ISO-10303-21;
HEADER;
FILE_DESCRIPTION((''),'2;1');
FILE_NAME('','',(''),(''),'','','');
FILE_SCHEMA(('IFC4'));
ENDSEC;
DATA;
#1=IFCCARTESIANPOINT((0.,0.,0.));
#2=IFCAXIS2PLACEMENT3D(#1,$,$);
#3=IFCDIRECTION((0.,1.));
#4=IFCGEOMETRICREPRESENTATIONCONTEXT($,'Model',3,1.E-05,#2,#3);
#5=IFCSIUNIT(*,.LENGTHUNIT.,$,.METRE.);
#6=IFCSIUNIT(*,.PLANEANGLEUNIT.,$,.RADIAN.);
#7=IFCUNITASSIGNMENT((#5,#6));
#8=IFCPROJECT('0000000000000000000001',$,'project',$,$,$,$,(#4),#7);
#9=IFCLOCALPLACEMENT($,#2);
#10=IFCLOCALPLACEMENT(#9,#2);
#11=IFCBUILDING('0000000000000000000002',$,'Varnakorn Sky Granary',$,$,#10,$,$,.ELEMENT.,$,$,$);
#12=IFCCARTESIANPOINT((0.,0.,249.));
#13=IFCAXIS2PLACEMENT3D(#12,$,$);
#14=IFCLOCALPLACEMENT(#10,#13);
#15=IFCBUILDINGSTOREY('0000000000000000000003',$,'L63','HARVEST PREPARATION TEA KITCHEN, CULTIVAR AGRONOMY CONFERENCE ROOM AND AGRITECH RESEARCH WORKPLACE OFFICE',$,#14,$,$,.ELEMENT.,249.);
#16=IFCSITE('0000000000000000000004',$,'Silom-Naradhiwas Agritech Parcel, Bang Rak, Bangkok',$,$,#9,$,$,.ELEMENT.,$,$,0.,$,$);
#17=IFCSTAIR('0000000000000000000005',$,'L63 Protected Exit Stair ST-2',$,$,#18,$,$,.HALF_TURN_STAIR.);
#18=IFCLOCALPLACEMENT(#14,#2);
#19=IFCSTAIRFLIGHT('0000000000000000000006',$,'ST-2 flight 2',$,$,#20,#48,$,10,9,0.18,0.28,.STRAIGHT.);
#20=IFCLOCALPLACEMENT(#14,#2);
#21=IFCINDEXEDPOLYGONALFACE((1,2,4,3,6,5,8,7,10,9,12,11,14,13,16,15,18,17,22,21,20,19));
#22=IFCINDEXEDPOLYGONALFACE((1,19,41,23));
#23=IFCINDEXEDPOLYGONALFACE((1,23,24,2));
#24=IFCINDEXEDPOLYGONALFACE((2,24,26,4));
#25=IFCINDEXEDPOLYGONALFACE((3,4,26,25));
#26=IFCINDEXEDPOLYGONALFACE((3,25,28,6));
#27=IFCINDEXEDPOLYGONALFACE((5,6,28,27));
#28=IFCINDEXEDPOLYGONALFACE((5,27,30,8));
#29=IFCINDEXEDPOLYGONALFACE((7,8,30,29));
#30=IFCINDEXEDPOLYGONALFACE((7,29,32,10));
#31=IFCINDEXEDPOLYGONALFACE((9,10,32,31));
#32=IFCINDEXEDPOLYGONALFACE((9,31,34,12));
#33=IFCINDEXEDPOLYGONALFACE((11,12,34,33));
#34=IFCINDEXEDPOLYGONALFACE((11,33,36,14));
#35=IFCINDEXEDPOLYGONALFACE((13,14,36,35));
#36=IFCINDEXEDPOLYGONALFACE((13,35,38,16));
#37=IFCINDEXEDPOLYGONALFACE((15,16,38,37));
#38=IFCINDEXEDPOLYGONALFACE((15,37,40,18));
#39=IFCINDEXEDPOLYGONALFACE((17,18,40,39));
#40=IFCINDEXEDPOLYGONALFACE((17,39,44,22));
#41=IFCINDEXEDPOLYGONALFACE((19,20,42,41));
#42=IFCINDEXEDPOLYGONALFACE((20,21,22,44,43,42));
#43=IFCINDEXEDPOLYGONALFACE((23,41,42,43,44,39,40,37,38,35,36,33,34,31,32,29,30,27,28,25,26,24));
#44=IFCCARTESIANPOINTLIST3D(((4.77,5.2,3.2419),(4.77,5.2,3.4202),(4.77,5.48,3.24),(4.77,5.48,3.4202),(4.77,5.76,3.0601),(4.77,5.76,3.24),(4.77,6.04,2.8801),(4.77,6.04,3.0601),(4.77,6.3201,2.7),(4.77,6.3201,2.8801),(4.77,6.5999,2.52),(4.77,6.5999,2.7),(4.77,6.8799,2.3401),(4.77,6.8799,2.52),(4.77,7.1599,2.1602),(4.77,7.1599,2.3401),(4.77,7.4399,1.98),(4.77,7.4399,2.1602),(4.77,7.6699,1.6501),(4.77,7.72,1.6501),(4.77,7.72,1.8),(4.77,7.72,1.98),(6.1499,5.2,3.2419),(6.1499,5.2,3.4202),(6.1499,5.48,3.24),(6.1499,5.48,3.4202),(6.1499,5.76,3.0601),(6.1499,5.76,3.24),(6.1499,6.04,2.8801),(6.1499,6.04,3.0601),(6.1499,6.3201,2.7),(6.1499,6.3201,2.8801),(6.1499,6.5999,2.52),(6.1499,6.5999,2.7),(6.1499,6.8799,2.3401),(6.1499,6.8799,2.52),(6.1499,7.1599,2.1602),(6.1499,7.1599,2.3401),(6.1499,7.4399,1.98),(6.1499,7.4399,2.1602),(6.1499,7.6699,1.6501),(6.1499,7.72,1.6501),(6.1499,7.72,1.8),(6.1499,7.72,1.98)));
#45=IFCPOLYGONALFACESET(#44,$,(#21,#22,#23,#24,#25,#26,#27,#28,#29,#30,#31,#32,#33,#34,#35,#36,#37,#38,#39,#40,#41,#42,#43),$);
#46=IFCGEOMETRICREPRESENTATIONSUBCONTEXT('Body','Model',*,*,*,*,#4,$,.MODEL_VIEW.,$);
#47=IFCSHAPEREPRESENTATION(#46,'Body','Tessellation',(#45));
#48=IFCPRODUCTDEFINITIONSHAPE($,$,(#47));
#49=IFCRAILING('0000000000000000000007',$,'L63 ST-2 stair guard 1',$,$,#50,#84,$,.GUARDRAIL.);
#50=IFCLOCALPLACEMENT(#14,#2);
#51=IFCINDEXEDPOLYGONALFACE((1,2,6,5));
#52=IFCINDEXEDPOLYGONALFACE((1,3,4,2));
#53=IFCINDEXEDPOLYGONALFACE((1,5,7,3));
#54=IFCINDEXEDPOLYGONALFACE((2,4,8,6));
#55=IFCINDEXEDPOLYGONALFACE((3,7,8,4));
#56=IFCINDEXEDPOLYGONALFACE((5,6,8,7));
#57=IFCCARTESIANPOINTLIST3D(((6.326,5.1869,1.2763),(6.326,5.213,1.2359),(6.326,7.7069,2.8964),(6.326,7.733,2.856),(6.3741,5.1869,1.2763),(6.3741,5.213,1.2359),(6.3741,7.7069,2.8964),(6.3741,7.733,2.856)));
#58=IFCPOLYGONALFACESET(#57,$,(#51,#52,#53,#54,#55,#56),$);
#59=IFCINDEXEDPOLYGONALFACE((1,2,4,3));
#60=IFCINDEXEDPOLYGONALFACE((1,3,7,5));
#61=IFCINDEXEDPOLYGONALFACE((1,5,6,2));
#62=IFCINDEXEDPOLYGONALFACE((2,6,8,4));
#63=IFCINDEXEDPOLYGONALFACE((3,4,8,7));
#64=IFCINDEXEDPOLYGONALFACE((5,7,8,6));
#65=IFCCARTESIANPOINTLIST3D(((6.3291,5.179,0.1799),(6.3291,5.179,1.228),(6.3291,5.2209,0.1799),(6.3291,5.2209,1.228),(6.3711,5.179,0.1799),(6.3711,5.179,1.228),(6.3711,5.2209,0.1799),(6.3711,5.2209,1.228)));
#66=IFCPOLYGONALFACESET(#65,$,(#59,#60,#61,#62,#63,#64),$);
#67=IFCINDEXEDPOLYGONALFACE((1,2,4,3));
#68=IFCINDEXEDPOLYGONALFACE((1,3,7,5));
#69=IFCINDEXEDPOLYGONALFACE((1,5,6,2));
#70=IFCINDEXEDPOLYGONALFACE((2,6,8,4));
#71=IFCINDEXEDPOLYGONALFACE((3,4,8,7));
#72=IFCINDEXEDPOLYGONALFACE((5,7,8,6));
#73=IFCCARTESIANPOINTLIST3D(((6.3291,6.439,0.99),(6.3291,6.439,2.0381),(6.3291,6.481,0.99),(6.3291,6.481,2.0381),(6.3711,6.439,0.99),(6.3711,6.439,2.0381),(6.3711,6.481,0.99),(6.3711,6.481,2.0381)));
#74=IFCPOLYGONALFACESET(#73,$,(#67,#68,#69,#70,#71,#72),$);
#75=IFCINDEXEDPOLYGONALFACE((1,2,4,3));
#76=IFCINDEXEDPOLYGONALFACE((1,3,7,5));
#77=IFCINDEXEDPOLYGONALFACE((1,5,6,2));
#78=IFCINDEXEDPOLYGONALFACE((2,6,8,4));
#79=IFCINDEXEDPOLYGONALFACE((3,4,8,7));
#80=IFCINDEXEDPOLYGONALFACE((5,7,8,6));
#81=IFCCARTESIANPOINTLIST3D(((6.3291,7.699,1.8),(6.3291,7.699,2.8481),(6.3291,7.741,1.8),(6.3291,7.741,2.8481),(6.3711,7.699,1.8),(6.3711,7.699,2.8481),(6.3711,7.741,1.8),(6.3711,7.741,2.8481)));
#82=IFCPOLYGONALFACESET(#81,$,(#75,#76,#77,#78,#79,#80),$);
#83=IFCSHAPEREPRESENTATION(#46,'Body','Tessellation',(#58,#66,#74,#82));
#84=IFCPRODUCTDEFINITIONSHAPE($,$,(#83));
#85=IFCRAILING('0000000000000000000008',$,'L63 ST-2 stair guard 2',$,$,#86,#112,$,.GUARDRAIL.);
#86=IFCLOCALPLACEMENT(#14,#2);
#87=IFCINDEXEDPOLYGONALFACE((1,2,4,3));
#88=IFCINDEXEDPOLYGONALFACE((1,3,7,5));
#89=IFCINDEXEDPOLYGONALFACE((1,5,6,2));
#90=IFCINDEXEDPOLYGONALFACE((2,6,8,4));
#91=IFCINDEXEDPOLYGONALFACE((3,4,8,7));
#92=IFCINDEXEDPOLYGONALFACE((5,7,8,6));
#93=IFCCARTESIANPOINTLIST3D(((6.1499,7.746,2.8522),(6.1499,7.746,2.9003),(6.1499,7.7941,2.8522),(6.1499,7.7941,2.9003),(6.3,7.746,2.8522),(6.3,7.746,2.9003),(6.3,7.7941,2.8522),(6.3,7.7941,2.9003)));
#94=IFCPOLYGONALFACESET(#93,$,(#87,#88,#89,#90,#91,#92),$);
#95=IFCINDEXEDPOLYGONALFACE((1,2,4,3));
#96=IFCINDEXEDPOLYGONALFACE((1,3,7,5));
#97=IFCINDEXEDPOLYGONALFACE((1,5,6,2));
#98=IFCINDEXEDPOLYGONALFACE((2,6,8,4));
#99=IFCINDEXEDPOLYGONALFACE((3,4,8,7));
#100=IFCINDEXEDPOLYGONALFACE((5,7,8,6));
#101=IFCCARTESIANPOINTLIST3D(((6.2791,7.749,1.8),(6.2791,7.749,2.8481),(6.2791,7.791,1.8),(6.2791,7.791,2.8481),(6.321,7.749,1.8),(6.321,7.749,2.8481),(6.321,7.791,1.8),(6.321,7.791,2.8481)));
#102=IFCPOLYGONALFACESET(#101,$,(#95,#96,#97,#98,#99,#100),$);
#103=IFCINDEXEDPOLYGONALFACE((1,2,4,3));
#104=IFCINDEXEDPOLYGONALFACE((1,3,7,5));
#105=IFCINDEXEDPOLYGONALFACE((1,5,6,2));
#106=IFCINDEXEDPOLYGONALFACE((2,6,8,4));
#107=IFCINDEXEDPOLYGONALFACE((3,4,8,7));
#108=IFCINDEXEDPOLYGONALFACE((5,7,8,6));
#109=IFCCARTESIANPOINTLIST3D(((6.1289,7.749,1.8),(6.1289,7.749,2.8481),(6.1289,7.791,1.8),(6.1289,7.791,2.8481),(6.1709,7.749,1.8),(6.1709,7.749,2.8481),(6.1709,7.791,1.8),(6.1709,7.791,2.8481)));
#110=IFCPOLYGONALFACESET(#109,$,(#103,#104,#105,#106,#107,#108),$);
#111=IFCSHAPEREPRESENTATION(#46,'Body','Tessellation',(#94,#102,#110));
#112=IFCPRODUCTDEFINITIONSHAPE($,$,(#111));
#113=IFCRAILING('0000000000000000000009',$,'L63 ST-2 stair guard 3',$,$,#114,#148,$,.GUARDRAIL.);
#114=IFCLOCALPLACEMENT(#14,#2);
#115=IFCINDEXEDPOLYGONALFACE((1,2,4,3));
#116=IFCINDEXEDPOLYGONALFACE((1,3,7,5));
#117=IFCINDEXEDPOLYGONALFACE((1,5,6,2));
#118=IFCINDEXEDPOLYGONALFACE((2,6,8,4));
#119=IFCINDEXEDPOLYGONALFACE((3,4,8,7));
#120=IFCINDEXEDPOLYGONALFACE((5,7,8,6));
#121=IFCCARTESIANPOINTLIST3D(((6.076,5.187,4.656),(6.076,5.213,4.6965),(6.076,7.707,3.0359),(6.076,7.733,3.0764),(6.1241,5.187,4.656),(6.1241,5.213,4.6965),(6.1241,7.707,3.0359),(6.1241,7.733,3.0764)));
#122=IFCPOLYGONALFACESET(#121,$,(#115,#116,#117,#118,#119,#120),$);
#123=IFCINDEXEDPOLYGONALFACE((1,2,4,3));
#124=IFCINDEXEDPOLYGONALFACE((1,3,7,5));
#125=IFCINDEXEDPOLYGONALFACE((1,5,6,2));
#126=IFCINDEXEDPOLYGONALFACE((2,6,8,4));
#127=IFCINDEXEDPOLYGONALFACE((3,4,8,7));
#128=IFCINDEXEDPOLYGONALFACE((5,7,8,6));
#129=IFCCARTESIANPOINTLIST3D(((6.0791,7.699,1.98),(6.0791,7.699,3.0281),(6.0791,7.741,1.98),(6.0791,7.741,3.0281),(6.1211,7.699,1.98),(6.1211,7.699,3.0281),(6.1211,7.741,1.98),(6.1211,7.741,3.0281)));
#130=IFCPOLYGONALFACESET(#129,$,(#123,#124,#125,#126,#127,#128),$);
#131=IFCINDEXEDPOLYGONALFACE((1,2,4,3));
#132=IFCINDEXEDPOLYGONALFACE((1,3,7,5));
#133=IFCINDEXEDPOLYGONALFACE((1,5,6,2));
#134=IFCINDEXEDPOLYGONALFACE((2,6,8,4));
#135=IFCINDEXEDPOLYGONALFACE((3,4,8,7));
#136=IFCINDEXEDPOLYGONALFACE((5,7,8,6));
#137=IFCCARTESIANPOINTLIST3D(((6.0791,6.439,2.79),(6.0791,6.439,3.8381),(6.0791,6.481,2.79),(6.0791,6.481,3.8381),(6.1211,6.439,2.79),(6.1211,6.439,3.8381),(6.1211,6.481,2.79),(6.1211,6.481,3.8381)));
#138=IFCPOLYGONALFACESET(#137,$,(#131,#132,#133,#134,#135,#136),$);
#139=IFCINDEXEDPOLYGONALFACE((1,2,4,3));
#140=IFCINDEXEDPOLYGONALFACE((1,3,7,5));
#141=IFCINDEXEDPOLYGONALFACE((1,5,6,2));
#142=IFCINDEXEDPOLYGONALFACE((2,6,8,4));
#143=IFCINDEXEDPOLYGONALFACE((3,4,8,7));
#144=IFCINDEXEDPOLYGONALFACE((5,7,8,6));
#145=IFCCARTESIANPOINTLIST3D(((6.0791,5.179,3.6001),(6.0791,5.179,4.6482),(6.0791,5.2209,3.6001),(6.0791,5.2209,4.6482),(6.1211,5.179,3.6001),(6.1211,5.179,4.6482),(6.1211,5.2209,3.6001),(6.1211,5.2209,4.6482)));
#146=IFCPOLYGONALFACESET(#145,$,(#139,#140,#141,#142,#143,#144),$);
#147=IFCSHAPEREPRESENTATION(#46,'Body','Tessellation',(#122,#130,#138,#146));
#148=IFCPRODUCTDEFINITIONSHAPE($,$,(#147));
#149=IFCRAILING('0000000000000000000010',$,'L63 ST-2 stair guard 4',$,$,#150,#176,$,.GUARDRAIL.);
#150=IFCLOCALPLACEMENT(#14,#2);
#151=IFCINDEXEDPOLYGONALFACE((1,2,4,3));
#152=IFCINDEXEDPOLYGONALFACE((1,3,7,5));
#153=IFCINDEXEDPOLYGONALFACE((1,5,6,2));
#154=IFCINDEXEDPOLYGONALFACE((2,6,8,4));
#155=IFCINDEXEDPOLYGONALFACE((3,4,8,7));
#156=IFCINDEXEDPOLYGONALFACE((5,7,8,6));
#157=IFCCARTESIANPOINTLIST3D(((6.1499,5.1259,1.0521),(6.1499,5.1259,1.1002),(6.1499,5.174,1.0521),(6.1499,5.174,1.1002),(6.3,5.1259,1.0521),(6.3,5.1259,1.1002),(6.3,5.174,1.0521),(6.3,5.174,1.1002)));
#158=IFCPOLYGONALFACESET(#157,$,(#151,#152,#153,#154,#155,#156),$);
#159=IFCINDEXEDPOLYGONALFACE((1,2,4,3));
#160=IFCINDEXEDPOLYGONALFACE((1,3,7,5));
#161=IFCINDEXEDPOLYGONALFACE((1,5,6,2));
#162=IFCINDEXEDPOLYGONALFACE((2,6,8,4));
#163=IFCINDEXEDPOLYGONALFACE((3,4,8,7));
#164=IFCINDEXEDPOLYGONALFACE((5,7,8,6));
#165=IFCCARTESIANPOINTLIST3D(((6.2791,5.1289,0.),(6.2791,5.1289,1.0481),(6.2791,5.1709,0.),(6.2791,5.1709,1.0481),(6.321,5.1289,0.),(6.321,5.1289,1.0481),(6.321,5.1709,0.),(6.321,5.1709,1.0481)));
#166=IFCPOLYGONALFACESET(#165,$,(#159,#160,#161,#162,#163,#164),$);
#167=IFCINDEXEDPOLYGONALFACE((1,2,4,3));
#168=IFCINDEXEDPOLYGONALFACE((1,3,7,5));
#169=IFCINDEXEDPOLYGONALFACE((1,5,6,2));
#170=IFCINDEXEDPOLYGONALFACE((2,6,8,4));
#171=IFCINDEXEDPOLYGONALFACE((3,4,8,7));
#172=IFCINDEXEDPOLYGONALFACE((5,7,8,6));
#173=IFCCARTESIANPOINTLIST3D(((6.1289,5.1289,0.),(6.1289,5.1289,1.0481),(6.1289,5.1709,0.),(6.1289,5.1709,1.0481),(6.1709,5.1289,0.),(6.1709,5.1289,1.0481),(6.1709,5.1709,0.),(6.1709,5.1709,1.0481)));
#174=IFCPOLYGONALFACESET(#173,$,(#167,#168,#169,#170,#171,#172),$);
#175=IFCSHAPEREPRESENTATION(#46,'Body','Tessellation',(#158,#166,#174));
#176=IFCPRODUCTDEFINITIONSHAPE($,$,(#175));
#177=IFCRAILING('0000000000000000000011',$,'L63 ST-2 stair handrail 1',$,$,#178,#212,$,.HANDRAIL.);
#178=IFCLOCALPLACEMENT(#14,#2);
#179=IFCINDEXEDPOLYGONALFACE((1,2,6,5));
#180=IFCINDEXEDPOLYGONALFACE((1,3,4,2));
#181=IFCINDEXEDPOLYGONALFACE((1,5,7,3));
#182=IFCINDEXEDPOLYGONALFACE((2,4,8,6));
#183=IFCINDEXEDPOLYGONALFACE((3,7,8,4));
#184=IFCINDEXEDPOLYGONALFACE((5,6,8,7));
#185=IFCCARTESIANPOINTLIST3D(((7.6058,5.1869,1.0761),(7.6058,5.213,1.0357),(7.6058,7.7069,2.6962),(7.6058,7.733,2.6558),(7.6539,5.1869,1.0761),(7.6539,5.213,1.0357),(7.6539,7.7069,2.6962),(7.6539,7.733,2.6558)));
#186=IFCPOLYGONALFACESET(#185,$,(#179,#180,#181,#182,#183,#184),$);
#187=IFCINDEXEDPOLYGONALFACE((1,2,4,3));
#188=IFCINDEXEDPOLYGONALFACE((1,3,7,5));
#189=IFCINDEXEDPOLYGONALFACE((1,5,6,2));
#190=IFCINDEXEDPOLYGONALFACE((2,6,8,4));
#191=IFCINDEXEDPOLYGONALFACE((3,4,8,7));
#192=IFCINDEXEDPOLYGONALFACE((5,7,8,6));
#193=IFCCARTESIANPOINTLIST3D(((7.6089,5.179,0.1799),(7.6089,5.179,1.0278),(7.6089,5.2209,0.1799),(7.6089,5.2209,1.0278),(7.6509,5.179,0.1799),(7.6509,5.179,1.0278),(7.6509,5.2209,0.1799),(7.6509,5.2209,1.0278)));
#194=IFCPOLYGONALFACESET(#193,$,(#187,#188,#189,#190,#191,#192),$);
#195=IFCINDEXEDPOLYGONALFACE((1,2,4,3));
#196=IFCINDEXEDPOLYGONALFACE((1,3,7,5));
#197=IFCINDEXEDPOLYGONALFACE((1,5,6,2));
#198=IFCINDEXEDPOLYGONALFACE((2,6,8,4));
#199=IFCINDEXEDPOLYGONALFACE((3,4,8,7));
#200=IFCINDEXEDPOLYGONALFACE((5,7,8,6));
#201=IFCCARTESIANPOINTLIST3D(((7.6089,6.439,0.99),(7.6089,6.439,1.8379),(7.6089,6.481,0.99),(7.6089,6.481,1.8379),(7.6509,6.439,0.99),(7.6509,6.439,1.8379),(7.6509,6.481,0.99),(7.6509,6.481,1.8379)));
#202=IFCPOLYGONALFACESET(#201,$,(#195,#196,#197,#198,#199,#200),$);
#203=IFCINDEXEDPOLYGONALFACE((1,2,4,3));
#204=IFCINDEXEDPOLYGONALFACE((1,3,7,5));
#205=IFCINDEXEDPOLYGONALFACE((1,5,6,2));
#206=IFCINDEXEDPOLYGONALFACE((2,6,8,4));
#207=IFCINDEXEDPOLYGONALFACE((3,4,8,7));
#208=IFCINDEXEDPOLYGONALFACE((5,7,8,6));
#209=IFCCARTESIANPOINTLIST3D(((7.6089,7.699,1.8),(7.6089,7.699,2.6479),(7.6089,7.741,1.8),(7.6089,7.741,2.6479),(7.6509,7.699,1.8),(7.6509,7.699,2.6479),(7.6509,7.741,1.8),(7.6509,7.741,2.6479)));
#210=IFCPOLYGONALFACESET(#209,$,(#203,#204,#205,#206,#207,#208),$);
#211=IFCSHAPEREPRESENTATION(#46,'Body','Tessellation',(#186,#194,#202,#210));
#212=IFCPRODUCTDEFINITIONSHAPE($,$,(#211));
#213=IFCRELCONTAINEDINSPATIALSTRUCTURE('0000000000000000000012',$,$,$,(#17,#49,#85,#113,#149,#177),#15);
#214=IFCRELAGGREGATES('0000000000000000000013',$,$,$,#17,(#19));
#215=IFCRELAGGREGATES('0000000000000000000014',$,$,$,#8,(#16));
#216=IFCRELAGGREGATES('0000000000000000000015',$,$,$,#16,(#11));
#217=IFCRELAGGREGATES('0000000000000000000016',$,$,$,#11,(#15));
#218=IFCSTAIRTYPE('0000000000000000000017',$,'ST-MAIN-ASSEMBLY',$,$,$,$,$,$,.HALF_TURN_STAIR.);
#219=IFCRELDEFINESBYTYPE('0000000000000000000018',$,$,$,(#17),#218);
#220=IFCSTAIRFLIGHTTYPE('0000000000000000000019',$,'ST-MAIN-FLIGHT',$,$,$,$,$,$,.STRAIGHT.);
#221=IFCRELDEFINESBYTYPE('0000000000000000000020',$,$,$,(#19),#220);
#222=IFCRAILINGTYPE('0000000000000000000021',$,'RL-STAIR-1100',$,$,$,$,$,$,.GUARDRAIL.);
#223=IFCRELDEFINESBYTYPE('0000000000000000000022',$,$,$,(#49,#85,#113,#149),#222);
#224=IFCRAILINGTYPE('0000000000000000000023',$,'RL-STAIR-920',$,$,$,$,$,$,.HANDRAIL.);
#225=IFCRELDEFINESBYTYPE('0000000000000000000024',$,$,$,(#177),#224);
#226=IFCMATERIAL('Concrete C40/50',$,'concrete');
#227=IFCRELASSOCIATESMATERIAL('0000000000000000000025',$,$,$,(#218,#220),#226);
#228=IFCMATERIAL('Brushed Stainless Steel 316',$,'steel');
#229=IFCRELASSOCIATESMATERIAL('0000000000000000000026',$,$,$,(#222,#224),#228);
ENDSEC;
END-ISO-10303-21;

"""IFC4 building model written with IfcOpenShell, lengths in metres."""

from ifc_helpers import new_model, si_unit, direction, frame, origin, origin_2d, place, context, subcontext, project, spatial, polyline, rectangle, outline, extrude, material, type_object, element, aggregate, save


model = new_model("IFC4")

# Units and contexts
model_context = context("Model", 3, precision=1e-05, world=origin(), true_north=direction((0.0, 1.0)))
body_context = subcontext(model_context, "Body", "Model", "MODEL_VIEW")
ifc_project = project(units=[si_unit("LENGTHUNIT", "METRE"), si_unit("PLANEANGLEUNIT", "RADIAN")], contexts=[model_context])

# Site, building, storey
site_placement = place(None, origin())
site = spatial("IfcSite", under=ifc_project, at=site_placement, Name="Silom-Naradhiwas Agritech Parcel, Bang Rak, Bangkok", CompositionType="ELEMENT", RefElevation=0.0)
building_placement = place(site_placement, origin())
building = spatial("IfcBuilding", under=site, at=building_placement, Name="Varnakorn Sky Granary", CompositionType="ELEMENT")
storey_placement = place(building_placement, frame((0.0, 0.0, 249.0)))
storey = spatial("IfcBuildingStorey", under=building, at=storey_placement, Name="L63", Description="HARVEST PREPARATION TEA KITCHEN, CULTIVAR AGRONOMY CONFERENCE ROOM AND AGRITECH RESEARCH WORKPLACE OFFICE", CompositionType="ELEMENT", Elevation=249.0)

# Stair, stair flight
ifc_material_1 = material(Name="Concrete C40/50", Category="concrete")
stair_type = type_object("IfcStairType", Name="ST-MAIN-ASSEMBLY", PredefinedType="HALF_TURN_STAIR", material=ifc_material_1)
stair_placement = place(storey_placement, origin())
stair = element("IfcStair", 1, at=stair_placement, inside=storey, type_object=stair_type, Name="L63 Protected Exit Stair ST-2", PredefinedType="HALF_TURN_STAIR")
stair_flight_type = type_object("IfcStairFlightType", Name="ST-MAIN-FLIGHT", PredefinedType="STRAIGHT", material=ifc_material_1)
stair_flight_1_placement = place(storey_placement, frame((5.46, 7.72, 1.8), z_axis=(0.0, 0.0, 1.0), x_axis=(0.0, -1.0, 0.0)))
stair_flight_1 = element("IfcStairFlight", 2, at=stair_flight_1_placement, type_object=stair_flight_type, Name="ST-2 flight 2", NumberOfRisers=10, NumberOfTreads=9, PredefinedType="STRAIGHT", RiserHeight=0.18, TreadLength=0.28, context=body_context, shape_type="SweptSolid", body=[
    extrude(outline(polyline([(0.0, -0.1499), (0.0, 0.0), (0.0, 0.1799), (0.28, 0.1799), (0.28, 0.3601), (0.5601, 0.3601), (0.5601, 0.54), (0.8401, 0.54), (0.8401, 0.72), (1.1201, 0.72), (1.1201, 0.8999), (1.3999, 0.8999), (1.3999, 1.0801), (1.6799, 1.0801), (1.6799, 1.26), (1.96, 1.26), (1.96, 1.4399), (2.24, 1.4399), (2.24, 1.6201), (2.52, 1.6201), (2.52, 1.8), (2.52, 1.4419), (0.05, -0.1499), (0.0, -0.1499)])), frame((0.0, 0.6899, 0.0), z_axis=(0.0, -1.0, 0.0), x_axis=(1.0, 0.0, 0.0)), (0.0, 0.0, 1.0), 1.3799),
])
aggregate(stair, [stair_flight_1])

# Railings
ifc_material_2 = material(Name="Brushed Stainless Steel 316", Category="steel")
railing_type_1 = type_object("IfcRailingType", Name="RL-STAIR-1100", PredefinedType="GUARDRAIL", material=ifc_material_2)
railing_1_placement = place(storey_placement, frame((6.3501, 5.2, 0.1799)))
element("IfcRailing", 3, at=railing_1_placement, inside=storey, type_object=railing_type_1, Name="L63 ST-2 stair guard 1", PredefinedType="GUARDRAIL", context=body_context, shape_type="SweptSolid", body=[
    extrude(rectangle(XDim=0.0481, YDim=0.0481, at=origin_2d()), frame((0.0, 0.0, 1.0762), z_axis=(0.0, 0.841163, 0.540782), x_axis=(-1.0, 0.0, 0.0)), (0.0, 0.0, 1.0), 2.9958),
    extrude(rectangle(XDim=0.042, YDim=0.042, at=origin_2d()), origin(), (0.0, 0.0, 1.0), 1.0481),
    extrude(rectangle(XDim=0.042, YDim=0.042, at=origin_2d()), frame((0.0, 1.26, 0.8101)), (0.0, 0.0, 1.0), 1.0481),
    extrude(rectangle(XDim=0.042, YDim=0.042, at=origin_2d()), frame((0.0, 2.52, 1.6201)), (0.0, 0.0, 1.0), 1.0481),
])
railing_2_placement = place(storey_placement, frame((6.3, 7.77, 1.8)))
element("IfcRailing", 4, at=railing_2_placement, inside=storey, type_object=railing_type_1, Name="L63 ST-2 stair guard 2", PredefinedType="GUARDRAIL", context=body_context, shape_type="SweptSolid", body=[
    extrude(rectangle(XDim=0.0481, YDim=0.0481, at=origin_2d()), frame((0.0, 0.0, 1.0762), z_axis=(-1.0, 0.0, 0.0), x_axis=(0.0, -1.0, 0.0)), (0.0, 0.0, 1.0), 0.1501),
    extrude(rectangle(XDim=0.042, YDim=0.042, at=origin_2d()), origin(), (0.0, 0.0, 1.0), 1.0481),
    extrude(rectangle(XDim=0.042, YDim=0.042, at=origin_2d()), frame((-0.1501, 0.0, 0.0)), (0.0, 0.0, 1.0), 1.0481),
])
railing_3_placement = place(storey_placement, frame((6.1001, 7.72, 1.98)))
element("IfcRailing", 5, at=railing_3_placement, inside=storey, type_object=railing_type_1, Name="L63 ST-2 stair guard 3", PredefinedType="GUARDRAIL", context=body_context, shape_type="SweptSolid", body=[
    extrude(rectangle(XDim=0.0481, YDim=0.0481, at=origin_2d()), frame((0.0, 0.0, 1.0762), z_axis=(0.0, -0.841163, 0.540782), x_axis=(1.0, 0.0, 0.0)), (0.0, 0.0, 1.0), 2.9958),
    extrude(rectangle(XDim=0.042, YDim=0.042, at=origin_2d()), origin(), (0.0, 0.0, 1.0), 1.0481),
    extrude(rectangle(XDim=0.042, YDim=0.042, at=origin_2d()), frame((0.0, -1.26, 0.8101)), (0.0, 0.0, 1.0), 1.0481),
    extrude(rectangle(XDim=0.042, YDim=0.042, at=origin_2d()), frame((0.0, -2.52, 1.6201)), (0.0, 0.0, 1.0), 1.0481),
])
railing_4_placement = place(storey_placement, frame((6.3, 5.1499, 0.0)))
element("IfcRailing", 6, at=railing_4_placement, inside=storey, type_object=railing_type_1, Name="L63 ST-2 stair guard 4", PredefinedType="GUARDRAIL", context=body_context, shape_type="SweptSolid", body=[
    extrude(rectangle(XDim=0.0481, YDim=0.0481, at=origin_2d()), frame((0.0, 0.0, 1.0762), z_axis=(-1.0, 0.0, 0.0), x_axis=(0.0, -1.0, 0.0)), (0.0, 0.0, 1.0), 0.1501),
    extrude(rectangle(XDim=0.042, YDim=0.042, at=origin_2d()), origin(), (0.0, 0.0, 1.0), 1.0481),
    extrude(rectangle(XDim=0.042, YDim=0.042, at=origin_2d()), frame((-0.1501, 0.0, 0.0)), (0.0, 0.0, 1.0), 1.0481),
])
railing_type_2 = type_object("IfcRailingType", Name="RL-STAIR-920", PredefinedType="HANDRAIL", material=ifc_material_2)
railing_5_placement = place(storey_placement, frame((7.6299, 5.2, 0.1799)))
element("IfcRailing", 7, at=railing_5_placement, inside=storey, type_object=railing_type_2, Name="L63 ST-2 stair handrail 1", PredefinedType="HANDRAIL", context=body_context, shape_type="SweptSolid", body=[
    extrude(rectangle(XDim=0.0481, YDim=0.0481, at=origin_2d()), frame((0.0, 0.0, 0.876), z_axis=(0.0, 0.841163, 0.540782), x_axis=(-1.0, 0.0, 0.0)), (0.0, 0.0, 1.0), 2.9958),
    extrude(rectangle(XDim=0.042, YDim=0.042, at=origin_2d()), origin(), (0.0, 0.0, 1.0), 0.8479),
    extrude(rectangle(XDim=0.042, YDim=0.042, at=origin_2d()), frame((0.0, 1.26, 0.8101)), (0.0, 0.0, 1.0), 0.8479),
    extrude(rectangle(XDim=0.042, YDim=0.042, at=origin_2d()), frame((0.0, 2.52, 1.6201)), (0.0, 0.0, 1.0), 0.8479),
])

save(model, "model.ifc")
